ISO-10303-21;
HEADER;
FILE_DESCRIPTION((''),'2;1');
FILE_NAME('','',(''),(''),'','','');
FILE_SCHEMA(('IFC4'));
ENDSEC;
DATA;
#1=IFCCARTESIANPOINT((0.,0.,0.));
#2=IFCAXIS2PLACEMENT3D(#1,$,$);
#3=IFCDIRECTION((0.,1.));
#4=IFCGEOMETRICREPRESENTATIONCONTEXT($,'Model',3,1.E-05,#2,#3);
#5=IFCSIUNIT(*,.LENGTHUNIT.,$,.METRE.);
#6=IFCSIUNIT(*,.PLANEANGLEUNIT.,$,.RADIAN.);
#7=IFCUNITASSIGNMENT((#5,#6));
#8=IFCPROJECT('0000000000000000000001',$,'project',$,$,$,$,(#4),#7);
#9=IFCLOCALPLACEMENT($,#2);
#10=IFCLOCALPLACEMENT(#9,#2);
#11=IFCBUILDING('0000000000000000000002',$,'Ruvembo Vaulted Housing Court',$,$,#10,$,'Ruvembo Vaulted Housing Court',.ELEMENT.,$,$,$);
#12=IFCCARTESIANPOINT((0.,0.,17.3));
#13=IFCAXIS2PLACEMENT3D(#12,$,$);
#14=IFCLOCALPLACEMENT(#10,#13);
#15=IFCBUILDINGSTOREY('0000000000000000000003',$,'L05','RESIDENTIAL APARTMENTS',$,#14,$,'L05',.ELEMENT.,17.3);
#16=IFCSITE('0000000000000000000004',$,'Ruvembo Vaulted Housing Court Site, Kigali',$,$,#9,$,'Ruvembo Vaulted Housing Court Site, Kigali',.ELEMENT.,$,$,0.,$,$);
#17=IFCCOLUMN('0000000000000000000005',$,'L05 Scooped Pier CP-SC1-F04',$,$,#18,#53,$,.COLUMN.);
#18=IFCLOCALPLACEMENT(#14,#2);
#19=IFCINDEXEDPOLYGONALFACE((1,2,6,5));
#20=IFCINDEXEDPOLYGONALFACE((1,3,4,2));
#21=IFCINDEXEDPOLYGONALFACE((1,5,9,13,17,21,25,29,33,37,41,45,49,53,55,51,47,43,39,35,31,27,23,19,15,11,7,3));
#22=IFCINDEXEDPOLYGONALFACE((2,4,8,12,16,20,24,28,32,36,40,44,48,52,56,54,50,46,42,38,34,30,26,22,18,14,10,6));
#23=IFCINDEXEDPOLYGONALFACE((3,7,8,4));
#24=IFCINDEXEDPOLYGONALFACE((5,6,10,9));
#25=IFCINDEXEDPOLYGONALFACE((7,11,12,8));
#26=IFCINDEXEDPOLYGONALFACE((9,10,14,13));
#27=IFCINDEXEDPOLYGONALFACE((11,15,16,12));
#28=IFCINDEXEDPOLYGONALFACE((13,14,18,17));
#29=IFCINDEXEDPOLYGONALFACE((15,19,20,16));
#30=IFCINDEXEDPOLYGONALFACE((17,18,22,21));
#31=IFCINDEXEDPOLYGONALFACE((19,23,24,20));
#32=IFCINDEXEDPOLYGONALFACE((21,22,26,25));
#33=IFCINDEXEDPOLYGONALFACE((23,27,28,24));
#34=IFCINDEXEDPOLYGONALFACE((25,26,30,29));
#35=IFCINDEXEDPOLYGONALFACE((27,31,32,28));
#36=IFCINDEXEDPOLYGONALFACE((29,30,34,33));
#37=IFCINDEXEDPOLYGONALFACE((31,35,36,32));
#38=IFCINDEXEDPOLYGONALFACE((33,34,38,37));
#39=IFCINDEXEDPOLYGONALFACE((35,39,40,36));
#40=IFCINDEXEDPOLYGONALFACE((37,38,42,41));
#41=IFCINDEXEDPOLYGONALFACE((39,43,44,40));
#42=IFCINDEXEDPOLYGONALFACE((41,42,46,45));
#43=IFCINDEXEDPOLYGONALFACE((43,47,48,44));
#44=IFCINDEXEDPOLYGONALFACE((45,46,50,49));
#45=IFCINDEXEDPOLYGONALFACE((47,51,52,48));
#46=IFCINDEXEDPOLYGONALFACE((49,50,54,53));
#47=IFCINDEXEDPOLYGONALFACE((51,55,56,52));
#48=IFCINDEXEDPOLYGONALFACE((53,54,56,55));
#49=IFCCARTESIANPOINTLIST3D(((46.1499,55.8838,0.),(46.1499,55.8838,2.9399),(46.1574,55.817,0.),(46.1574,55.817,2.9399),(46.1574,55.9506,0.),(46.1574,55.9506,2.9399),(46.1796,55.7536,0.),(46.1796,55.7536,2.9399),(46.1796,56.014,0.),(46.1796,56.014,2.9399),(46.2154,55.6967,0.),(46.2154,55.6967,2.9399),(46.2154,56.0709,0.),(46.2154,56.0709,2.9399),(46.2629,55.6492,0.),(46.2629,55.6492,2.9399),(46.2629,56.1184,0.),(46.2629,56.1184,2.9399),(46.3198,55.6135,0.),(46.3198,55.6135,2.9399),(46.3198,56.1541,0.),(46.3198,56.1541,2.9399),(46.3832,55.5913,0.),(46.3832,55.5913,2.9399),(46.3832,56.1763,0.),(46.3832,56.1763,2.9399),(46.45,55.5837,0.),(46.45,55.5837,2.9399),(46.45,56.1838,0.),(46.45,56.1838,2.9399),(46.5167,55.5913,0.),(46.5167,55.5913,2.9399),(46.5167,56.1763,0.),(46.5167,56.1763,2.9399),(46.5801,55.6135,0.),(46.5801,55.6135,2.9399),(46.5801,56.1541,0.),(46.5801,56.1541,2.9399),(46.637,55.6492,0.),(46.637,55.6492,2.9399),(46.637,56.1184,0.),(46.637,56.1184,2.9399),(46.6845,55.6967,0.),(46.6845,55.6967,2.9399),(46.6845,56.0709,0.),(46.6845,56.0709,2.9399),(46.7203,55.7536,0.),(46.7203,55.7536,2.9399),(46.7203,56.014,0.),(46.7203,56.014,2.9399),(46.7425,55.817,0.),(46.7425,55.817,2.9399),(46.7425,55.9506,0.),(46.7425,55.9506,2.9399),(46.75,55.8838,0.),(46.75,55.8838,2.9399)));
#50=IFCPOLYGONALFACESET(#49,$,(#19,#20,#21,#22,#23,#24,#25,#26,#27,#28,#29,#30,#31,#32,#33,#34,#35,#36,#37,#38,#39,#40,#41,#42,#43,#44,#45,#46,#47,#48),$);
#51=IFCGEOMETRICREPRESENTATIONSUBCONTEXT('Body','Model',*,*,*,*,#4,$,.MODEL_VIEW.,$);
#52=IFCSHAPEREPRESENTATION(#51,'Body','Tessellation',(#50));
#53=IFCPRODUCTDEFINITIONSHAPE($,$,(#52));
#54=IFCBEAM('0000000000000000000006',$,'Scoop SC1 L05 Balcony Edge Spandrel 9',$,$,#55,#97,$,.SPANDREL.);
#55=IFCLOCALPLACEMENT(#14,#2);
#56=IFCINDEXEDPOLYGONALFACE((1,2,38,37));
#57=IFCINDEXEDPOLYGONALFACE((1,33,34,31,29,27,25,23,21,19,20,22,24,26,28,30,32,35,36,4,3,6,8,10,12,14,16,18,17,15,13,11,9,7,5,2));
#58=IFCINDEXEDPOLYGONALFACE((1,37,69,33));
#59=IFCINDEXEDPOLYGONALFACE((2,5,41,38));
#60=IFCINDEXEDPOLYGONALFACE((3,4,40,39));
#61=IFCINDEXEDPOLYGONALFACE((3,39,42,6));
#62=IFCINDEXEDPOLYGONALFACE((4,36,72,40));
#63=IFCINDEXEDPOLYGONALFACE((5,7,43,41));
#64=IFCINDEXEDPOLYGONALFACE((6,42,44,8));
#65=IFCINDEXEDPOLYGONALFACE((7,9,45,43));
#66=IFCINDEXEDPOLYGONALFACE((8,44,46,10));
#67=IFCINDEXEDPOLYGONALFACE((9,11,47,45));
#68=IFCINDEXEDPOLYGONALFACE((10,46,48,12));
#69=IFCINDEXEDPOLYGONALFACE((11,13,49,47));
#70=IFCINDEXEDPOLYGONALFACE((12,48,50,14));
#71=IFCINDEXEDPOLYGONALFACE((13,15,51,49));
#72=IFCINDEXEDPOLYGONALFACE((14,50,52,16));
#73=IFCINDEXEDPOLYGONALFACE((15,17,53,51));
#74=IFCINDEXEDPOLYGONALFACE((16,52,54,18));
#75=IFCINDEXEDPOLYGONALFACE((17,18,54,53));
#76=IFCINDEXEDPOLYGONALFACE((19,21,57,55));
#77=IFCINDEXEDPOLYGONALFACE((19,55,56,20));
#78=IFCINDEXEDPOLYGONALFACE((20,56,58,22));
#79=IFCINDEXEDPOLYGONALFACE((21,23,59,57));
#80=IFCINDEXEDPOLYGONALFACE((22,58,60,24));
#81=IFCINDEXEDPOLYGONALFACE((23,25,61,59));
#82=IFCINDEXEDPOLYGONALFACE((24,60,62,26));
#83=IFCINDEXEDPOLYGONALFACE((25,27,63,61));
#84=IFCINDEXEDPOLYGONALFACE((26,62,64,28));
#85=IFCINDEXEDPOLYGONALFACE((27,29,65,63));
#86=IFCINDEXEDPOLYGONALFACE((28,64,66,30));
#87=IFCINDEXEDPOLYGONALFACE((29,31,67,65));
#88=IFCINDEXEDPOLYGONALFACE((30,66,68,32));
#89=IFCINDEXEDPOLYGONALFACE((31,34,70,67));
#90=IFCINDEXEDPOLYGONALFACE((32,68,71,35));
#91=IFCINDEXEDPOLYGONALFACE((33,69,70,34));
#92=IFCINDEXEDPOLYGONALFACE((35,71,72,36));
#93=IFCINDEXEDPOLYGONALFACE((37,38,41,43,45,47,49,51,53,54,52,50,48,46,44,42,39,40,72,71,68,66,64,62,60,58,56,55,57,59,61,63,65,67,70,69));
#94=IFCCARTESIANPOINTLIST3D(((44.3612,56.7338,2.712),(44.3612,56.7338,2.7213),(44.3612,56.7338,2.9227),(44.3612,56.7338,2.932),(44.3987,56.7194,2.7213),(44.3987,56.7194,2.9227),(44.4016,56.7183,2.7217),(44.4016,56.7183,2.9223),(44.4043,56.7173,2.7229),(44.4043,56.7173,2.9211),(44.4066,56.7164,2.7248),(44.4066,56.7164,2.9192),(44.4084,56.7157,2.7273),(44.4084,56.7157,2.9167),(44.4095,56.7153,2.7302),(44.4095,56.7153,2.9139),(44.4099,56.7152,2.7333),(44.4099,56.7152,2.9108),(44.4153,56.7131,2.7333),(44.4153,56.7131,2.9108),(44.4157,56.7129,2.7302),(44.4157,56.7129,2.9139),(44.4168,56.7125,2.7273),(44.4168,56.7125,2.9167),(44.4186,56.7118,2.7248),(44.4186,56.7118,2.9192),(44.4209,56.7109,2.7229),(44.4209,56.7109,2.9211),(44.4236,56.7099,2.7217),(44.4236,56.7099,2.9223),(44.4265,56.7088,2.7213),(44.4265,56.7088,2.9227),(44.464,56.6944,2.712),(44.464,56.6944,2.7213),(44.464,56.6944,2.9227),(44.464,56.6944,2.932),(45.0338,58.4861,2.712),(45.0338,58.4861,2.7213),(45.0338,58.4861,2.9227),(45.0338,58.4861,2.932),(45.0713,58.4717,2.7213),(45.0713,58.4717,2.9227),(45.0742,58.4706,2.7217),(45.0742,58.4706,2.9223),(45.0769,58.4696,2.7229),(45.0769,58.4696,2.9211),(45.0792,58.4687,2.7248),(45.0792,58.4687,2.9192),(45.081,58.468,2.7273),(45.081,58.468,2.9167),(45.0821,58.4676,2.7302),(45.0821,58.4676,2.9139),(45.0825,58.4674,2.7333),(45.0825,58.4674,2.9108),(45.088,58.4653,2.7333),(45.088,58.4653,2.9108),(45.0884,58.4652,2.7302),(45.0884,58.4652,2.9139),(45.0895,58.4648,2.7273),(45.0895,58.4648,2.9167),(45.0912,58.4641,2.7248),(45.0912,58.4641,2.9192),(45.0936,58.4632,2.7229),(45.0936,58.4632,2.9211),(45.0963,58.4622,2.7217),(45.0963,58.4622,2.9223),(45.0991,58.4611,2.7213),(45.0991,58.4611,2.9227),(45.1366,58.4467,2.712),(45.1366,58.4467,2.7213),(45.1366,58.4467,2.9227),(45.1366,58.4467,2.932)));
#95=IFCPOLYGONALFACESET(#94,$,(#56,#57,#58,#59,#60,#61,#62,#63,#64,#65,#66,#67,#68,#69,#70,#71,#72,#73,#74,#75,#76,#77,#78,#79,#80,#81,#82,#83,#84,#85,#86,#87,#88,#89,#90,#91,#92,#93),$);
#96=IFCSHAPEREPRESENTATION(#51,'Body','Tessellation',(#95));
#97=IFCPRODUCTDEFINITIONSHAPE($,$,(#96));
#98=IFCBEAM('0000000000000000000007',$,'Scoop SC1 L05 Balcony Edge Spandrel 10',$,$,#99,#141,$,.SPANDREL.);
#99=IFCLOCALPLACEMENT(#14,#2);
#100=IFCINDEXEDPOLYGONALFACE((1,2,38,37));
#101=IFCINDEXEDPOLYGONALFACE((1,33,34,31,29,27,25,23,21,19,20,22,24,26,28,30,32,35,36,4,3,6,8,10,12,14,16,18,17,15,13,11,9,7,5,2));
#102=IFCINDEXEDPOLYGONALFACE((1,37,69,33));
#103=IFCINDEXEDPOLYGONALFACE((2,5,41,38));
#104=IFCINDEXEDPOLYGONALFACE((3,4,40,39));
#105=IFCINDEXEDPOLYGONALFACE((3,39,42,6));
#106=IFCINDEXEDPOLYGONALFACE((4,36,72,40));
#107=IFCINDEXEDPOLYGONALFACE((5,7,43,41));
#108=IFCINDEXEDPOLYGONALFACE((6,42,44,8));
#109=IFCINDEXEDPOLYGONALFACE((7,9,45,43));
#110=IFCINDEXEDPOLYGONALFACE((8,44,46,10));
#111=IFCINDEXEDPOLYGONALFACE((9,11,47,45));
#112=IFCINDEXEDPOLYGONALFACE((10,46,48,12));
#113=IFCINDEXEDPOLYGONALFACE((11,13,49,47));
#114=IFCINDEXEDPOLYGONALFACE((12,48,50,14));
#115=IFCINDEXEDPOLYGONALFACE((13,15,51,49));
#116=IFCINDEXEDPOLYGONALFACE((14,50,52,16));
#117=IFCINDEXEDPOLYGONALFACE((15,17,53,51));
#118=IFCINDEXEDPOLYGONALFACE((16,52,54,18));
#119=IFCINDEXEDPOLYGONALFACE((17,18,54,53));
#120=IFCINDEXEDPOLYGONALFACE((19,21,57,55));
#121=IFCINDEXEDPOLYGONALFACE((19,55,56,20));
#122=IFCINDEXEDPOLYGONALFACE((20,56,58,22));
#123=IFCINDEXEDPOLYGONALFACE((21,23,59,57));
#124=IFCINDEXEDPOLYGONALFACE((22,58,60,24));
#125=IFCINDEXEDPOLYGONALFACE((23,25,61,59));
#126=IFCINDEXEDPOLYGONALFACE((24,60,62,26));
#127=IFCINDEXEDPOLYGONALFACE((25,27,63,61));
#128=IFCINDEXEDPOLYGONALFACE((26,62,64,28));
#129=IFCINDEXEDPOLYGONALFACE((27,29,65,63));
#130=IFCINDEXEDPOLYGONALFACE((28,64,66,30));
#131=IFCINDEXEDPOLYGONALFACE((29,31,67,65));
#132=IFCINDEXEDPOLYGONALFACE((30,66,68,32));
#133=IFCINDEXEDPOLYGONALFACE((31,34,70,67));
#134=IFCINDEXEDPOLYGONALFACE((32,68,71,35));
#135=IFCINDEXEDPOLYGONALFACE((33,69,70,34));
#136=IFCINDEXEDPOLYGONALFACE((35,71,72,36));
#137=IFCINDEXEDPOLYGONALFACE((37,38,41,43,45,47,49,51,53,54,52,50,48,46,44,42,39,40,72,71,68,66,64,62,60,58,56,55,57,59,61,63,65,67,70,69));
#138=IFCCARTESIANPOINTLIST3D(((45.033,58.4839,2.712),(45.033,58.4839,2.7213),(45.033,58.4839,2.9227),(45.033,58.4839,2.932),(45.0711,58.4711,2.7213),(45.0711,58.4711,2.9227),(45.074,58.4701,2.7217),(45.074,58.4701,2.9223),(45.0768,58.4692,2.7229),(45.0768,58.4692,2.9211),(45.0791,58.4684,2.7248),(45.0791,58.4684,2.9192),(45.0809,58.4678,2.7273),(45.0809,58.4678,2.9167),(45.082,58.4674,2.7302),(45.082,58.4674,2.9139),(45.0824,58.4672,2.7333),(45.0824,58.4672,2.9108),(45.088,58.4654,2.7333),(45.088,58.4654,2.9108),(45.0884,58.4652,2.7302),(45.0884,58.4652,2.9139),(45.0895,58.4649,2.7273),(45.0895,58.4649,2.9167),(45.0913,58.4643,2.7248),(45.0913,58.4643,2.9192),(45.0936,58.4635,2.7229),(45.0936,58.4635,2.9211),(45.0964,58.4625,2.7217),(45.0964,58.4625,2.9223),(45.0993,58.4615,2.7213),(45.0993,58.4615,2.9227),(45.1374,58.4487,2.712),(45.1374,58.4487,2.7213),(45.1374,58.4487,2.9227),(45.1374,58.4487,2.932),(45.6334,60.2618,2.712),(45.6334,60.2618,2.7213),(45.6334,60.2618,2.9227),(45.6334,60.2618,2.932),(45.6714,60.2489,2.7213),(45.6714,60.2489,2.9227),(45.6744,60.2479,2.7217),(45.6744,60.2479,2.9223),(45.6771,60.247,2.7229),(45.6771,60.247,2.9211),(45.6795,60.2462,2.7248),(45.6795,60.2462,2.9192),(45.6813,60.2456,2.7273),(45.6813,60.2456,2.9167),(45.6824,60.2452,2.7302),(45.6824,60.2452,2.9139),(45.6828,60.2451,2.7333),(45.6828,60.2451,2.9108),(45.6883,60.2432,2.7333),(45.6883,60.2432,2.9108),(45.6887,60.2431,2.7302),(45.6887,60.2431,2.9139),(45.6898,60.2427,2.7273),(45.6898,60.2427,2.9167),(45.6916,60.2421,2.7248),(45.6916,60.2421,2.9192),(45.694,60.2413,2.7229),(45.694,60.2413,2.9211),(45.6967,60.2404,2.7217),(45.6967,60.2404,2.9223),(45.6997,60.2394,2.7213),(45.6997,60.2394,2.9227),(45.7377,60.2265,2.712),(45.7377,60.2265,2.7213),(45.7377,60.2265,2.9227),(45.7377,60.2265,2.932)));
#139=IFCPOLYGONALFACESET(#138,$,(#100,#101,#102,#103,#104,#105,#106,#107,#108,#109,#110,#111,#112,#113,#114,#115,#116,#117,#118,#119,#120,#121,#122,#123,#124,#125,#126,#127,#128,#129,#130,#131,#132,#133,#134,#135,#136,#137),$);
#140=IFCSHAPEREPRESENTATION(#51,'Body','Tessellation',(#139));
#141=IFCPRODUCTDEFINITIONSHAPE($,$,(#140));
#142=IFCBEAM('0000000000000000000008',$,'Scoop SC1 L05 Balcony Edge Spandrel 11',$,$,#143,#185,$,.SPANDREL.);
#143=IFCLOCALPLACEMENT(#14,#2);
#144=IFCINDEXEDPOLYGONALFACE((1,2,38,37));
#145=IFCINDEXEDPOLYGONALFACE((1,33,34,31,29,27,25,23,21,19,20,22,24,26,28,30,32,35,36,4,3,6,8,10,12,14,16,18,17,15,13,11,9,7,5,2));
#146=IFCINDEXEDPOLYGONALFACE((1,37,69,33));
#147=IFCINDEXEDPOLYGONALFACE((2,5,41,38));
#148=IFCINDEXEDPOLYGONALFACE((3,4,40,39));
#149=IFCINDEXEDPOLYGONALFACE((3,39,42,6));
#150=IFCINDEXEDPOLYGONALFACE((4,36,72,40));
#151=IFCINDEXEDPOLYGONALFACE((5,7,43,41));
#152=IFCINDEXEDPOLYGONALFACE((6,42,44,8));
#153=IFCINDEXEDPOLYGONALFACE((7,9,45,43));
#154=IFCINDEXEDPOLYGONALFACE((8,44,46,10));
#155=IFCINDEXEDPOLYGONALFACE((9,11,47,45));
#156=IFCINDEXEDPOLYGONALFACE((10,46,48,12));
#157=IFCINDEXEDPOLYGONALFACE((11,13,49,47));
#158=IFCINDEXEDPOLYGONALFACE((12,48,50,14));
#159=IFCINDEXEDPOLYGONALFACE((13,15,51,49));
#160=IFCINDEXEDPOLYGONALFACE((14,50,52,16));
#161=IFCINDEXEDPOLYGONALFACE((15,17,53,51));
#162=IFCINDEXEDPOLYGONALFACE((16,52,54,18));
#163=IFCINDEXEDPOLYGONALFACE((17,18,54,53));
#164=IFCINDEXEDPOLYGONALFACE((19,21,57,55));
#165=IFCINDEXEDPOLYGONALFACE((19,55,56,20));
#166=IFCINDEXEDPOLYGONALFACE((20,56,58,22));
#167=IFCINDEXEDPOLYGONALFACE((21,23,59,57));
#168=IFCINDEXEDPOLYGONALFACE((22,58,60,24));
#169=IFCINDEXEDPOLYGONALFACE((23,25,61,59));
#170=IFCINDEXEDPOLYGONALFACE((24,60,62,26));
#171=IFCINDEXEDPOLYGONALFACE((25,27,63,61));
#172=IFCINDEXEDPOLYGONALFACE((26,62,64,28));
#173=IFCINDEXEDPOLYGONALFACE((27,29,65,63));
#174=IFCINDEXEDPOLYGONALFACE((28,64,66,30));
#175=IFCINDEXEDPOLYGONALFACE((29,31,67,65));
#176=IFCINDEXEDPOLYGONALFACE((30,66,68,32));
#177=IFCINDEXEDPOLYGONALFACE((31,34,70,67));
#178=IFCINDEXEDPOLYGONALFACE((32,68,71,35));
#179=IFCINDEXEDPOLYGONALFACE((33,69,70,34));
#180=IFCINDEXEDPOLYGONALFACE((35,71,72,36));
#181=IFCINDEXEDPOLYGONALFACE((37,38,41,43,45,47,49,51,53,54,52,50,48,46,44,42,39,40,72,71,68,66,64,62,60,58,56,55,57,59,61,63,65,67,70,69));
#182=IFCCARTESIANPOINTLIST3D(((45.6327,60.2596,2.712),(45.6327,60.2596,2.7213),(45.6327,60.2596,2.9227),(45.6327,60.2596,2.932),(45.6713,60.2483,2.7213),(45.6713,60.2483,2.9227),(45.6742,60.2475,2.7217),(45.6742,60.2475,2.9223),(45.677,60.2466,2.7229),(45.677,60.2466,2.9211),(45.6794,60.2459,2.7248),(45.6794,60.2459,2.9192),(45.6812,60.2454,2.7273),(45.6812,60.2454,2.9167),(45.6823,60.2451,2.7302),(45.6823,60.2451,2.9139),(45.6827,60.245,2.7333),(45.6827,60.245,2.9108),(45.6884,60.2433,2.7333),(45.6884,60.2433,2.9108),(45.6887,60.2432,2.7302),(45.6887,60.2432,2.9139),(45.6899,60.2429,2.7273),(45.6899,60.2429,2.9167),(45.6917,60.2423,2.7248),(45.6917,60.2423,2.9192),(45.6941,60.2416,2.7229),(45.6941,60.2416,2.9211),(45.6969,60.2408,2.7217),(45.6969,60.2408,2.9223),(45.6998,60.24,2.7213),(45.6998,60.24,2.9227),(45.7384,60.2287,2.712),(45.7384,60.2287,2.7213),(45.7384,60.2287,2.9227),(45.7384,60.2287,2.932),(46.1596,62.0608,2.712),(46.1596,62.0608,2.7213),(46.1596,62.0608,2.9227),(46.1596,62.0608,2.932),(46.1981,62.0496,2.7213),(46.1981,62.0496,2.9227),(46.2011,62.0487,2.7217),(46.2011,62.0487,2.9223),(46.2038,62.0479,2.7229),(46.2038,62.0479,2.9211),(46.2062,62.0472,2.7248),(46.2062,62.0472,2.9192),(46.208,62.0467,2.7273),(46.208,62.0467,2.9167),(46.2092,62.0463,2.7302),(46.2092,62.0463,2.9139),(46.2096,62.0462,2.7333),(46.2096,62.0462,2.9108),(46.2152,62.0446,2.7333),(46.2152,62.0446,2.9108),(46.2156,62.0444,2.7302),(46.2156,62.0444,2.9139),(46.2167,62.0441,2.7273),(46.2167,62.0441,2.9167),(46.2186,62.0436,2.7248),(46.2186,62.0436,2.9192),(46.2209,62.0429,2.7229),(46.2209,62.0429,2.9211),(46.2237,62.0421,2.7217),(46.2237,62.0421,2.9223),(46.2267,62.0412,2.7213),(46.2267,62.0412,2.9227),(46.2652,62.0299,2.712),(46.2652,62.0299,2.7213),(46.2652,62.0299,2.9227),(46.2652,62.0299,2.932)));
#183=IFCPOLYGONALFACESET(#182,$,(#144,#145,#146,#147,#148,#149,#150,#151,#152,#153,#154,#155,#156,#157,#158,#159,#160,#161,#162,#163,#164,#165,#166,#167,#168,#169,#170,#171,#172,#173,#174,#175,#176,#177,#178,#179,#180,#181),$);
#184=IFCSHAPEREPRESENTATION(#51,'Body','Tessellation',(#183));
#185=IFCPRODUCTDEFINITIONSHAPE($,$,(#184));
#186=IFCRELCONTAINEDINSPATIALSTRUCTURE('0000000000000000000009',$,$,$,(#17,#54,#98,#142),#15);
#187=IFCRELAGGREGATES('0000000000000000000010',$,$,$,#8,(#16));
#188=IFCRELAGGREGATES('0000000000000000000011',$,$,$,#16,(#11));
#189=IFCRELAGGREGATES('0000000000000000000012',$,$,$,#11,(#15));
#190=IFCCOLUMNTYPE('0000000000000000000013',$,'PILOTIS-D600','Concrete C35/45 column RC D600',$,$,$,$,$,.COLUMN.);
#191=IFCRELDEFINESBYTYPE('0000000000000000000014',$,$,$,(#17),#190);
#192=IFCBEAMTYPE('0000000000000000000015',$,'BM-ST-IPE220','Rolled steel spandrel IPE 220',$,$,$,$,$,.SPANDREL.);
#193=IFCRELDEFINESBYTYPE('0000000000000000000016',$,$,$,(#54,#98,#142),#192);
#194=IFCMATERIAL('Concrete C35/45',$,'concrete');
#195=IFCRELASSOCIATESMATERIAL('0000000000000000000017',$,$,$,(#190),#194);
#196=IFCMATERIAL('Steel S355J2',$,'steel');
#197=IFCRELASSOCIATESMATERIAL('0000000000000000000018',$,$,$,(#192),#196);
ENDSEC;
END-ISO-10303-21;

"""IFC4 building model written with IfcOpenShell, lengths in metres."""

from ifc_helpers import new_model, si_unit, direction, frame, origin, origin_2d, place, context, subcontext, project, spatial, circle, i_section, extrude, material, material_profile, profile_set, type_object, element, save


model = new_model("IFC4")

# Units and contexts
model_context = context("Model", 3, precision=1e-05, world=origin(), true_north=direction((0.0, 1.0)))
body_context = subcontext(model_context, "Body", "Model", "MODEL_VIEW")
ifc_project = project(units=[si_unit("LENGTHUNIT", "METRE"), si_unit("PLANEANGLEUNIT", "RADIAN")], contexts=[model_context])

# Site, building, storey
site_placement = place(None, origin())
site = spatial("IfcSite", under=ifc_project, at=site_placement, Name="Ruvembo Vaulted Housing Court Site, Kigali", LongName="Ruvembo Vaulted Housing Court Site, Kigali", CompositionType="ELEMENT", RefElevation=0.0)
building_placement = place(site_placement, origin())
building = spatial("IfcBuilding", under=site, at=building_placement, Name="Ruvembo Vaulted Housing Court", LongName="Ruvembo Vaulted Housing Court", CompositionType="ELEMENT")
storey_placement = place(building_placement, frame((0.0, 0.0, 17.3)))
storey = spatial("IfcBuildingStorey", under=building, at=storey_placement, Name="L05", Description="RESIDENTIAL APARTMENTS", LongName="L05", CompositionType="ELEMENT", Elevation=17.3)

# Column
ifc_material_1 = material(Name="Concrete C35/45", Category="concrete")
ifc_material_profile_1 = material_profile(ifc_material_1, circle(Radius=0.3, at=origin_2d()), Name="RC D600")
ifc_profile_set_1 = profile_set([ifc_material_profile_1], Name="Concrete C35/45")
column_type = type_object("IfcColumnType", Name="PILOTIS-D600", Description="Concrete C35/45 column RC D600", PredefinedType="COLUMN", material=ifc_profile_set_1)
column_placement = place(storey_placement, frame((46.45, 55.8838, 0.0), z_axis=(0.0, 0.0, 1.0), x_axis=(1.0, 0.0, 0.0)))
element("IfcColumn", 1, at=column_placement, inside=storey, type_object=column_type, Name="L05 Scooped Pier CP-SC1-F04", PredefinedType="COLUMN", context=body_context, shape_type="SweptSolid", body=[
    extrude(circle(Radius=0.3, at=origin_2d()), origin(), (0.0, 0.0, 1.0), 2.9399),
])

# Beams
ifc_material_2 = material(Name="Steel S355J2", Category="steel")
ifc_material_profile_2 = material_profile(ifc_material_2, i_section(OverallWidth=0.1101, OverallDepth=0.22, WebThickness=0.0059, FlangeThickness=0.0093, FilletRadius=0.012, at=origin_2d()), Name="IPE 220")
ifc_profile_set_2 = profile_set([ifc_material_profile_2], Name="Steel S355J2")
beam_type = type_object("IfcBeamType", Name="BM-ST-IPE220", Description="Rolled steel spandrel IPE 220", PredefinedType="SPANDREL", material=ifc_profile_set_2)
beam_1_placement = place(storey_placement, frame((44.4126, 56.7141, 2.822), z_axis=(0.358369, 0.93358, 0.0), x_axis=(-0.93358, 0.358369, 0.0)))
element("IfcBeam", 2, at=beam_1_placement, inside=storey, type_object=beam_type, Name="Scoop SC1 L05 Balcony Edge Spandrel 9", PredefinedType="SPANDREL", context=body_context, shape_type="SweptSolid", body=[
    extrude(i_section(OverallWidth=0.1101, OverallDepth=0.22, WebThickness=0.0059, FlangeThickness=0.0093, FilletRadius=0.012, at=origin_2d()), origin(), (0.0, 0.0, 1.0), 1.877),
])
beam_2_placement = place(storey_placement, frame((45.0852, 58.4663, 2.822), z_axis=(0.319933, 0.94744, 0.0), x_axis=(-0.94744, 0.319933, 0.0)))
element("IfcBeam", 3, at=beam_2_placement, inside=storey, type_object=beam_type, Name="Scoop SC1 L05 Balcony Edge Spandrel 10", PredefinedType="SPANDREL", context=body_context, shape_type="SweptSolid", body=[
    extrude(i_section(OverallWidth=0.1101, OverallDepth=0.22, WebThickness=0.0059, FlangeThickness=0.0093, FilletRadius=0.012, at=origin_2d()), origin(), (0.0, 0.0, 1.0), 1.8765),
])
for number, where, z_axis, x_axis, name in (
    (4, (45.6855, 60.2441, 2.822), (0.280729, 0.959787, 0.0), (-0.959787, 0.280729, 0.0), "Scoop SC1 L05 Balcony Edge Spandrel 11"),
):
    element("IfcBeam", number, at=place(storey_placement, frame(where, z_axis=z_axis, x_axis=x_axis)), inside=storey, type_object=beam_type, Name=name, PredefinedType="SPANDREL", context=body_context, shape_type="SweptSolid", body=[
        extrude(i_section(OverallWidth=0.1101, OverallDepth=0.22, WebThickness=0.0059, FlangeThickness=0.0093, FilletRadius=0.012, at=origin_2d()), origin(), (0.0, 0.0, 1.0), 1.8767),
    ])

save(model, "model.ifc")
